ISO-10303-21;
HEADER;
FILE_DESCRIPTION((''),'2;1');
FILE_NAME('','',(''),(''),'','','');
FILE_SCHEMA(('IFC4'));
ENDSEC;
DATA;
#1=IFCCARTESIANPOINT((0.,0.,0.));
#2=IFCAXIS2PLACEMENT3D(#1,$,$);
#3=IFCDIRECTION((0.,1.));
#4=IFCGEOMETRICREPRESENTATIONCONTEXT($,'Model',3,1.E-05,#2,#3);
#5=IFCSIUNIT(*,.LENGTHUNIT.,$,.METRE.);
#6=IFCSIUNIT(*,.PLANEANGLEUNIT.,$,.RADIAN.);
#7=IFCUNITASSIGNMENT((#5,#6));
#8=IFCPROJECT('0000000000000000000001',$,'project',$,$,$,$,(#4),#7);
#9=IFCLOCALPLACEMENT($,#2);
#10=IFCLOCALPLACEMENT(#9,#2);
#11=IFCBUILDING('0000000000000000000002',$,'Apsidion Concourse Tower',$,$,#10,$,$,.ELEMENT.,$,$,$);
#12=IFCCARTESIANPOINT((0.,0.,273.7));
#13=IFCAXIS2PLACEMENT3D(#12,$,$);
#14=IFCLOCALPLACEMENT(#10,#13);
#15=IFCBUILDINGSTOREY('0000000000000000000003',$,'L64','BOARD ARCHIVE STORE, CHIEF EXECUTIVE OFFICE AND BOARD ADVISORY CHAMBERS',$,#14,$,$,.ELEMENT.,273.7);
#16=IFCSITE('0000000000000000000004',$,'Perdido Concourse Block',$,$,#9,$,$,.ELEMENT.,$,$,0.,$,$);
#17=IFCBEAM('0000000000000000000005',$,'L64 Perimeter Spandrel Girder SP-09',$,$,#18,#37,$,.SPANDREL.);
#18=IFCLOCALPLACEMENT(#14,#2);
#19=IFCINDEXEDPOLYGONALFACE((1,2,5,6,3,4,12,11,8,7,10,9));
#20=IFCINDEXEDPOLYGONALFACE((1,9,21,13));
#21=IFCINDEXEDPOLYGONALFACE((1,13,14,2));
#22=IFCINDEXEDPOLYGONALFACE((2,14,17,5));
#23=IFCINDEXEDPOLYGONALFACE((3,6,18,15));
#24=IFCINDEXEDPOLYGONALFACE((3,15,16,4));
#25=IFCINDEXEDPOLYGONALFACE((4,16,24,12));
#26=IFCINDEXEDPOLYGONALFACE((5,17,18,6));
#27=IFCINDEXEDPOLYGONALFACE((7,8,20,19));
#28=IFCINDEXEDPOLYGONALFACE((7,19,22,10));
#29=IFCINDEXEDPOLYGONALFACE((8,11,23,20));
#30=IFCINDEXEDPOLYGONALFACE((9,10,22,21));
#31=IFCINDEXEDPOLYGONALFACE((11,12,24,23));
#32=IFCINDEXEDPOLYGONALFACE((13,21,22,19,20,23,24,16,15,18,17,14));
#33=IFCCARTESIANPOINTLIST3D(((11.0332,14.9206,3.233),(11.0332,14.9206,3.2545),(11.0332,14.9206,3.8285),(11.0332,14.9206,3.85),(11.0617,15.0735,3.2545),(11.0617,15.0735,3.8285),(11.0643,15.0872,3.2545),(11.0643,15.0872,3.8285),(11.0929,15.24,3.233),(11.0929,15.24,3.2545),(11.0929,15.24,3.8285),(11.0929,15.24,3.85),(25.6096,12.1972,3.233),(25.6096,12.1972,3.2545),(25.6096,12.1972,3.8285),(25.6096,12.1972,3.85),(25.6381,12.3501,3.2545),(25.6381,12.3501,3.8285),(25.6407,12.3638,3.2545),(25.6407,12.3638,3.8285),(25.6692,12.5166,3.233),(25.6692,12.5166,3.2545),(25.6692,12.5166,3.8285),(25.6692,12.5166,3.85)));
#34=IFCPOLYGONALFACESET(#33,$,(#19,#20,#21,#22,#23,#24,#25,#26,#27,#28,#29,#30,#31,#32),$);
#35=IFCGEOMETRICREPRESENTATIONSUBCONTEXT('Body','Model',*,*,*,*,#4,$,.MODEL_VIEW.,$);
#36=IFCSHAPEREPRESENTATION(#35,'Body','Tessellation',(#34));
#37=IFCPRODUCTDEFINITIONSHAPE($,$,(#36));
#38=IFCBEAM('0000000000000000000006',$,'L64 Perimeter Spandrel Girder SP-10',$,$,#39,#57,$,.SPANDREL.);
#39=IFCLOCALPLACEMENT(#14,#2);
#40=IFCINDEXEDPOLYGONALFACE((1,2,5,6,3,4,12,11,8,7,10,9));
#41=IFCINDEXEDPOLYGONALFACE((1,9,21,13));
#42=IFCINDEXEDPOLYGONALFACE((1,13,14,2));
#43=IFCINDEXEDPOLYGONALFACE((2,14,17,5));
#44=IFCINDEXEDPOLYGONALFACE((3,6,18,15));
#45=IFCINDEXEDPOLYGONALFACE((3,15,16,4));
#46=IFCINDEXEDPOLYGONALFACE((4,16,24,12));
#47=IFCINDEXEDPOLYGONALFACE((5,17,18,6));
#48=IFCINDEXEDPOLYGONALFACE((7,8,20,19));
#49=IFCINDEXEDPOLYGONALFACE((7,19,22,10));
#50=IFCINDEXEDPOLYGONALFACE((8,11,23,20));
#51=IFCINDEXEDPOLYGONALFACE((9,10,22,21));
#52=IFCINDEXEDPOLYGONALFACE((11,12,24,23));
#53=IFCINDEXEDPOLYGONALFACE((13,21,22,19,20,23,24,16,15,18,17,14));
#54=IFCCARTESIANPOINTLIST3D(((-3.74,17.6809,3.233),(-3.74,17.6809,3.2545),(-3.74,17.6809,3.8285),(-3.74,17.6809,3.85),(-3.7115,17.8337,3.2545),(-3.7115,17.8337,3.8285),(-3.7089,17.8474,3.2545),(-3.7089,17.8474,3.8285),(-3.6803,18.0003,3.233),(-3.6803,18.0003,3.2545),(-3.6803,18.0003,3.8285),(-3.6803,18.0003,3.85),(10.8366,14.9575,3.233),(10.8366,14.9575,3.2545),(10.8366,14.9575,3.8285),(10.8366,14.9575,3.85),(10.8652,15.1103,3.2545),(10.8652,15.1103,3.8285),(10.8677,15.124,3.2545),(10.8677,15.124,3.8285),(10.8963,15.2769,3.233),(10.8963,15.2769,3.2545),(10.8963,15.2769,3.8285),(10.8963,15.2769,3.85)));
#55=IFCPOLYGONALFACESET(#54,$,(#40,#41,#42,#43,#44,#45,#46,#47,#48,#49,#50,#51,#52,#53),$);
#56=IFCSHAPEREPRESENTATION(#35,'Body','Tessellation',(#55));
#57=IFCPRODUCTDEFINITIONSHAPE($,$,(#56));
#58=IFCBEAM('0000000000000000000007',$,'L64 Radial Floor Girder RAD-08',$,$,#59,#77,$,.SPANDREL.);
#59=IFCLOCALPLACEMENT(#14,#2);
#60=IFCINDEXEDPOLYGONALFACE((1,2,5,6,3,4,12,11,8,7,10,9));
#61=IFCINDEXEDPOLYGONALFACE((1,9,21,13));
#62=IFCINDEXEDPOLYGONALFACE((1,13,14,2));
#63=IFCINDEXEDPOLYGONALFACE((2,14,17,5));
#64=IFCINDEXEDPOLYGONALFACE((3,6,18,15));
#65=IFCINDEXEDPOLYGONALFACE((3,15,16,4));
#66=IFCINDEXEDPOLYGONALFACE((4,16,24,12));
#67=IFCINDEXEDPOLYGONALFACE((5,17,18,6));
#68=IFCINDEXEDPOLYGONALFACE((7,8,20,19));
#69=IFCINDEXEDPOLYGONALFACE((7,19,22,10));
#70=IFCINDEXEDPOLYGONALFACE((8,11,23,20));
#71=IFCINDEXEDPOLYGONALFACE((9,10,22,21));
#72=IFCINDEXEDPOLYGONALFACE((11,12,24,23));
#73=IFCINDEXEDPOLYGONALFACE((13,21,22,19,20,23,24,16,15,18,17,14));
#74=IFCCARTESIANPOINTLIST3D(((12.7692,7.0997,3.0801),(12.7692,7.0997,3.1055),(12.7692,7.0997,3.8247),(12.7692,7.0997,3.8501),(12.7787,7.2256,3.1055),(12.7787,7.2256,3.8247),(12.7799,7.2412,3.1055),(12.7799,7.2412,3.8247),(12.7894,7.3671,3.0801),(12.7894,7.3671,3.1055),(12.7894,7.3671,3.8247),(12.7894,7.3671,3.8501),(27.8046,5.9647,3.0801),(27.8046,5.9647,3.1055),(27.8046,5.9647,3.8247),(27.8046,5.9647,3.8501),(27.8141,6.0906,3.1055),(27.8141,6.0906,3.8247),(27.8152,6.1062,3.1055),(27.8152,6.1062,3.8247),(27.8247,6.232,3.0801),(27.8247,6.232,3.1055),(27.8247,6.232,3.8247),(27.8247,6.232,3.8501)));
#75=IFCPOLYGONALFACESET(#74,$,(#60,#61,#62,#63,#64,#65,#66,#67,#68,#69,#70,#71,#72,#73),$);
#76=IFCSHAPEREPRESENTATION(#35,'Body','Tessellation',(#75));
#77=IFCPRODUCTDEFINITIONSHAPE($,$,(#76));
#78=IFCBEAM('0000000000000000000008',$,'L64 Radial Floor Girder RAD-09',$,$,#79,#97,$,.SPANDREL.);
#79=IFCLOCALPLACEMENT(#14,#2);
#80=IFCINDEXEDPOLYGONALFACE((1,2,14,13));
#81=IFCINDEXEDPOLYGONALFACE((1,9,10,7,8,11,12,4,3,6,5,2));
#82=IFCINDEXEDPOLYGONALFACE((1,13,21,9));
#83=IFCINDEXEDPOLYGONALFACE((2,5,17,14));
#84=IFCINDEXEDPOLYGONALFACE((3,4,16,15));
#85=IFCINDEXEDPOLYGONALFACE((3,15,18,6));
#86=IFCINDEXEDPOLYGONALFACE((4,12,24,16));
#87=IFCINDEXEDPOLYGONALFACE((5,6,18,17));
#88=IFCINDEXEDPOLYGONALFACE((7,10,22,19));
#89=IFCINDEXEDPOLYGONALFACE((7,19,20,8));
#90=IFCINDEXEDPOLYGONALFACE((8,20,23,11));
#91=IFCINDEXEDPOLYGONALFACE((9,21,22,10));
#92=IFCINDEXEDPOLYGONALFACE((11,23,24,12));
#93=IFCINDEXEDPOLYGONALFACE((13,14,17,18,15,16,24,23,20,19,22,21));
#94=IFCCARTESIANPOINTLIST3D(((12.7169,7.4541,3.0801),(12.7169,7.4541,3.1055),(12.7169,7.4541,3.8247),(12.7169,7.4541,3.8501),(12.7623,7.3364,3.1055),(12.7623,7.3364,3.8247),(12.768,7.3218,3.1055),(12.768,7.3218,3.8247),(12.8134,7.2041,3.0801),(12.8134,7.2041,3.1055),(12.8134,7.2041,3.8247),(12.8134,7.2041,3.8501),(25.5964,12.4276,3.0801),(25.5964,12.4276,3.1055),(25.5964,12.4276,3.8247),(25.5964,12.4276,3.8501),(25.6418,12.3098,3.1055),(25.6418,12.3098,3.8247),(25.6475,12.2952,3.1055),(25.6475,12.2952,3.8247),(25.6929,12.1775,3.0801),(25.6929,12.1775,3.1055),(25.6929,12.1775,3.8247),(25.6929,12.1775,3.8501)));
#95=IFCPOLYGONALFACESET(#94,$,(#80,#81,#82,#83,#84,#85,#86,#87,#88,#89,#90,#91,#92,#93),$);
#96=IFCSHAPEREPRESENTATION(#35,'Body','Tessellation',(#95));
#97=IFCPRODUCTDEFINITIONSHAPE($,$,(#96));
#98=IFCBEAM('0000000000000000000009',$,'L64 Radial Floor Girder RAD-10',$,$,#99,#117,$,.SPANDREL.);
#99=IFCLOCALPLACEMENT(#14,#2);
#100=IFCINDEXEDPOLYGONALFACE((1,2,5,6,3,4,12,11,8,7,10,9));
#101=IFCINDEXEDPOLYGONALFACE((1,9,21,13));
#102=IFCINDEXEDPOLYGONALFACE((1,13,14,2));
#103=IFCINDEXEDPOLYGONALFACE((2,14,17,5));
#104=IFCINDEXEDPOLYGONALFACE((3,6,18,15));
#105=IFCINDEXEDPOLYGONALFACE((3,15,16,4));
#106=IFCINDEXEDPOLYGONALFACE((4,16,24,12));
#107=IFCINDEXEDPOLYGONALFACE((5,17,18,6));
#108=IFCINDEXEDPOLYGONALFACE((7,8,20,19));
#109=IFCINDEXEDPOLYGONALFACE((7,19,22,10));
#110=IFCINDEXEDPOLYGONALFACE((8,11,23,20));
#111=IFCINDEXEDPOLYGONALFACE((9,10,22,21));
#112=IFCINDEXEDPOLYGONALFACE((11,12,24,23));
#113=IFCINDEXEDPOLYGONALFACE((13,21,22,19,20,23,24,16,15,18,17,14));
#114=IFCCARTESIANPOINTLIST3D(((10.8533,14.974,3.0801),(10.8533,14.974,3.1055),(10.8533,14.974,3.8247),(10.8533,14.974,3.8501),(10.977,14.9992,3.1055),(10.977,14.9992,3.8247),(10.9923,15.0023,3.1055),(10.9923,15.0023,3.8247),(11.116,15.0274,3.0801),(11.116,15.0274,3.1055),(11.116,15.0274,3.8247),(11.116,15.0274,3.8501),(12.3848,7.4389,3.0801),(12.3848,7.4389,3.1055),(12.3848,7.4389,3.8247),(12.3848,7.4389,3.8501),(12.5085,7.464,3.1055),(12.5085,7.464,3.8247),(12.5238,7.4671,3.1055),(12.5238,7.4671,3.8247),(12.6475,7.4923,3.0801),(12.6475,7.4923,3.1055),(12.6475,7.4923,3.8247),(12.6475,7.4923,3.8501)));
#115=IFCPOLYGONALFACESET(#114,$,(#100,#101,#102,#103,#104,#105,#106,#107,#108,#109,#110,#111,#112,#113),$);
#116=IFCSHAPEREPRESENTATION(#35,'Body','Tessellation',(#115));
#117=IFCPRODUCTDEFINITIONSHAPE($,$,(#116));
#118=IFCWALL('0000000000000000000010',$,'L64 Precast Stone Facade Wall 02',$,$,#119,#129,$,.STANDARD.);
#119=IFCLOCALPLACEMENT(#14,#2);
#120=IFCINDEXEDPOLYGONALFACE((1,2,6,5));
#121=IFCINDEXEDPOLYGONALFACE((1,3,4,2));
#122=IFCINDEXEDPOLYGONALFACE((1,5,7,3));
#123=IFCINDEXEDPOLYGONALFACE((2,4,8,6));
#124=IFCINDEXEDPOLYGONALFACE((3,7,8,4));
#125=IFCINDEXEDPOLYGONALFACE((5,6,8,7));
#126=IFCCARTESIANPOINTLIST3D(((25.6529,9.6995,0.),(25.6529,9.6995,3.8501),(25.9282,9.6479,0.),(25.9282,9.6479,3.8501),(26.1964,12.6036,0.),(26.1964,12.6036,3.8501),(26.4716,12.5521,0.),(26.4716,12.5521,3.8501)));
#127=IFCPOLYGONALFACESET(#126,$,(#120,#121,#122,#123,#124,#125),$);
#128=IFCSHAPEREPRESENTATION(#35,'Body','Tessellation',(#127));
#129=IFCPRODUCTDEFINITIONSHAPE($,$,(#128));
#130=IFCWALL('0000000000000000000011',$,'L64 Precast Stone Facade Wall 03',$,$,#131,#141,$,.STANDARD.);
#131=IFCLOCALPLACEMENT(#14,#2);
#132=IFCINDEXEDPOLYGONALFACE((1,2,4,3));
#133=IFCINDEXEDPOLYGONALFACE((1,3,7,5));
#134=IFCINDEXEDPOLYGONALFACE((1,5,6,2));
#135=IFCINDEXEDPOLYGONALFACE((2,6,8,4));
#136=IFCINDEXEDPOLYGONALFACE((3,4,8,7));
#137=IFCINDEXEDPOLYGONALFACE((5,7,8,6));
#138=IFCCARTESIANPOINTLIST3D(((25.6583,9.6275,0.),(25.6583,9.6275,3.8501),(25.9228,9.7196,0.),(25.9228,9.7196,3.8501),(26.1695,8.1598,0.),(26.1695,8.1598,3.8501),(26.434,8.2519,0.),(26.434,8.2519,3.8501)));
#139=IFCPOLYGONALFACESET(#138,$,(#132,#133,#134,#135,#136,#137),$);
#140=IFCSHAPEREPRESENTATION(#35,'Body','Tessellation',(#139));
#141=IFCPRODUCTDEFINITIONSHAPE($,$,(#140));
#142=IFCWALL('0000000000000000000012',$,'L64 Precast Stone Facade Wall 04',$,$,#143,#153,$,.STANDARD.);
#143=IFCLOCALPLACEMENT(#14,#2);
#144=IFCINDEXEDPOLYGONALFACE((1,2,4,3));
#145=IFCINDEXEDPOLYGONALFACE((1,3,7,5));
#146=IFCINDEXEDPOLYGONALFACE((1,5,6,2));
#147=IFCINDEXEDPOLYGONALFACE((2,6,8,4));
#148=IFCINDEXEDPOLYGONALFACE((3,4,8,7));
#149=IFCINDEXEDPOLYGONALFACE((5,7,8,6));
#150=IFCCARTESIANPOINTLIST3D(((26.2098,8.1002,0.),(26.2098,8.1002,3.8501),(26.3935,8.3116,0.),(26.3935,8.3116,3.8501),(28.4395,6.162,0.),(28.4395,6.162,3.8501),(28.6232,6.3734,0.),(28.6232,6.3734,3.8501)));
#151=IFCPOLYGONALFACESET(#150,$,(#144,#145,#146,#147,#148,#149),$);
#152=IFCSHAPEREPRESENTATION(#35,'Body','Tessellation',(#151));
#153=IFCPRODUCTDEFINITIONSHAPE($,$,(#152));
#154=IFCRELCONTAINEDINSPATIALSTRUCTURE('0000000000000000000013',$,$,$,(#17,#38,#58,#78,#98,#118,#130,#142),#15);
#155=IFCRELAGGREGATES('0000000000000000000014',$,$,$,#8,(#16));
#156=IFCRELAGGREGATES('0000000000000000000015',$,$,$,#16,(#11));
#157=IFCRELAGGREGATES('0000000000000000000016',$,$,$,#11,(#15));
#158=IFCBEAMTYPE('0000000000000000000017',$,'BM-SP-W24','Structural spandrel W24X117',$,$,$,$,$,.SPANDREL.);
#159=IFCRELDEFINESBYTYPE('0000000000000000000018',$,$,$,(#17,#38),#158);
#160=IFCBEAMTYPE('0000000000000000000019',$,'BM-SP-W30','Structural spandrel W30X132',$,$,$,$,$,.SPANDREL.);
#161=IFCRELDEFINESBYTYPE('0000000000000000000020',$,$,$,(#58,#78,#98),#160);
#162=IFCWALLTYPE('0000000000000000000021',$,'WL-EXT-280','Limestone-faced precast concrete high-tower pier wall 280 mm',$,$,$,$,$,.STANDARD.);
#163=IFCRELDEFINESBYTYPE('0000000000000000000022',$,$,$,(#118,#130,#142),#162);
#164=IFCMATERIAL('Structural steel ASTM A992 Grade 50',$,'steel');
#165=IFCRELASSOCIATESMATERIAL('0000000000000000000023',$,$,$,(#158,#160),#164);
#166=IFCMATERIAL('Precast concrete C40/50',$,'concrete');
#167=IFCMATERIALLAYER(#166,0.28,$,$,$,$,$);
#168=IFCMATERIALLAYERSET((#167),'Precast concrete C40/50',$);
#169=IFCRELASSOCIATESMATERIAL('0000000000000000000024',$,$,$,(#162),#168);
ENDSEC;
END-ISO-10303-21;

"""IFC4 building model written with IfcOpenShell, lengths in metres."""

from ifc_helpers import new_model, si_unit, direction, frame, frame_2d, origin, origin_2d, place, context, subcontext, project, spatial, rectangle, i_section, extrude, material, layer, layer_set, material_profile, profile_set, type_object, element, save


model = new_model("IFC4")

# Units and contexts
model_context = context("Model", 3, precision=1e-05, world=origin(), true_north=direction((0.0, 1.0)))
body_context = subcontext(model_context, "Body", "Model", "MODEL_VIEW")
ifc_project = project(units=[si_unit("LENGTHUNIT", "METRE"), si_unit("PLANEANGLEUNIT", "RADIAN")], contexts=[model_context])

# Site, building, storey
site_placement = place(None, origin())
site = spatial("IfcSite", under=ifc_project, at=site_placement, Name="Perdido Concourse Block", CompositionType="ELEMENT", RefElevation=0.0)
building_placement = place(site_placement, origin())
building = spatial("IfcBuilding", under=site, at=building_placement, Name="Apsidion Concourse Tower", CompositionType="ELEMENT")
storey_placement = place(building_placement, frame((0.0, 0.0, 273.7)))
storey = spatial("IfcBuildingStorey", under=building, at=storey_placement, Name="L64", Description="BOARD ARCHIVE STORE, CHIEF EXECUTIVE OFFICE AND BOARD ADVISORY CHAMBERS", CompositionType="ELEMENT", Elevation=273.7)

# Shared definitions
ifc_material_1 = material(Name="Structural steel ASTM A992 Grade 50", Category="steel")

# Beams
ifc_material_profile_1 = material_profile(ifc_material_1, i_section(OverallWidth=0.325, OverallDepth=0.6169, WebThickness=0.0139, FlangeThickness=0.0215, at=origin_2d()), Name="W24X117")
ifc_profile_set_1 = profile_set([ifc_material_profile_1], Name="Structural steel ASTM A992 Grade 50")
beam_type_1 = type_object("IfcBeamType", Name="BM-SP-W24", Description="Structural spandrel W24X117", PredefinedType="SPANDREL", material=ifc_profile_set_1)
beam_1_placement = place(storey_placement, frame((25.6394, 12.3569, 3.5415), z_axis=(-0.98299, 0.183657, 0.0), x_axis=(-0.183657, -0.98299, 0.0)))
element("IfcBeam", 1, at=beam_1_placement, inside=storey, type_object=beam_type_1, Name="L64 Perimeter Spandrel Girder SP-09", PredefinedType="SPANDREL", context=body_context, shape_type="SweptSolid", body=[
    extrude(i_section(OverallWidth=0.325, OverallDepth=0.6169, WebThickness=0.0139, FlangeThickness=0.0215, at=origin_2d()), origin(), (0.0, 0.0, 1.0), 14.8286),
])
beam_2_placement = place(storey_placement, frame((10.8665, 15.1172, 3.5415), z_axis=(-0.982991, 0.183654, 0.0), x_axis=(-0.183654, -0.982991, 0.0)))
element("IfcBeam", 2, at=beam_2_placement, inside=storey, type_object=beam_type_1, Name="L64 Perimeter Spandrel Girder SP-10", PredefinedType="SPANDREL", context=body_context, shape_type="SweptSolid", body=[
    extrude(i_section(OverallWidth=0.325, OverallDepth=0.6169, WebThickness=0.0139, FlangeThickness=0.0215, at=origin_2d()), origin(), (0.0, 0.0, 1.0), 14.8289),
])
ifc_material_profile_2 = material_profile(ifc_material_1, i_section(OverallWidth=0.2681, OverallDepth=0.77, WebThickness=0.0156, FlangeThickness=0.0254, at=origin_2d()), Name="W30X132")
ifc_profile_set_2 = profile_set([ifc_material_profile_2], Name="Structural steel ASTM A992 Grade 50")
beam_type_2 = type_object("IfcBeamType", Name="BM-SP-W30", Description="Structural spandrel W30X132", PredefinedType="SPANDREL", material=ifc_profile_set_2)
beam_3_placement = place(storey_placement, frame((12.7793, 7.2334, 3.4651), z_axis=(0.997163, -0.075275, 0.0), x_axis=(0.075275, 0.997163, 0.0)))
element("IfcBeam", 3, at=beam_3_placement, inside=storey, type_object=beam_type_2, Name="L64 Radial Floor Girder RAD-08", PredefinedType="SPANDREL", context=body_context, shape_type="SweptSolid", body=[
    extrude(i_section(OverallWidth=0.2681, OverallDepth=0.77, WebThickness=0.0156, FlangeThickness=0.0254, at=origin_2d()), origin(), (0.0, 0.0, 1.0), 15.0781),
])
beam_4_placement = place(storey_placement, frame((12.7651, 7.3291, 3.4651), z_axis=(0.932865, 0.360227, 0.0), x_axis=(-0.360227, 0.932865, 0.0)))
element("IfcBeam", 4, at=beam_4_placement, inside=storey, type_object=beam_type_2, Name="L64 Radial Floor Girder RAD-09", PredefinedType="SPANDREL", context=body_context, shape_type="SweptSolid", body=[
    extrude(i_section(OverallWidth=0.2681, OverallDepth=0.77, WebThickness=0.0156, FlangeThickness=0.0254, at=origin_2d()), origin(), (0.0, 0.0, 1.0), 13.8064),
])
beam_5_placement = place(storey_placement, frame((12.5161, 7.4656, 3.4651), z_axis=(-0.199174, 0.979964, 0.0), x_axis=(-0.979964, -0.199174, 0.0)))
element("IfcBeam", 5, at=beam_5_placement, inside=storey, type_object=beam_type_2, Name="L64 Radial Floor Girder RAD-10", PredefinedType="SPANDREL", context=body_context, shape_type="SweptSolid", body=[
    extrude(i_section(OverallWidth=0.2681, OverallDepth=0.77, WebThickness=0.0156, FlangeThickness=0.0254, at=origin_2d()), origin(), (0.0, 0.0, 1.0), 7.6892),
])

# Walls
ifc_material_2 = material(Name="Precast concrete C40/50", Category="concrete")
ifc_layer_1 = layer(ifc_material_2, 0.28)
ifc_layer_set_1 = layer_set([ifc_layer_1], Name="Precast concrete C40/50")
wall_type_1 = type_object("IfcWallType", Name="WL-EXT-280", Description="Limestone-faced precast concrete high-tower pier wall 280 mm", PredefinedType="STANDARD", material=ifc_layer_set_1)
wall_1_placement = place(storey_placement, frame((26.334, 12.5779, 0.0), z_axis=(0.0, 0.0, 1.0), x_axis=(-0.183929, -0.982939, 0.0)))
element("IfcWall", 6, at=wall_1_placement, inside=storey, type_object=wall_type_1, Name="L64 Precast Stone Facade Wall 02", PredefinedType="STANDARD", context=body_context, shape_type="SweptSolid", body=[
    extrude(rectangle(XDim=2.9546, YDim=0.28, at=frame_2d((1.4773, 0.0))), origin(), (0.0, 0.0, 1.0), 3.8501),
])
wall_2_placement = place(storey_placement, frame((25.7905, 9.6736, 0.0), z_axis=(0.0, 0.0, 1.0), x_axis=(0.328923, -0.944357, 0.0)))
element("IfcWall", 7, at=wall_2_placement, inside=storey, type_object=wall_type_1, Name="L64 Precast Stone Facade Wall 03", PredefinedType="STANDARD", context=body_context, shape_type="SweptSolid", body=[
    extrude(rectangle(XDim=1.5542, YDim=0.28, at=frame_2d((0.7771, 0.0))), origin(), (0.0, 0.0, 1.0), 3.8501),
])
wall_3_placement = place(storey_placement, frame((26.3018, 8.2058, 0.0), z_axis=(0.0, 0.0, 1.0), x_axis=(0.754718, -0.65605, 0.0)))
element("IfcWall", 8, at=wall_3_placement, inside=storey, type_object=wall_type_1, Name="L64 Precast Stone Facade Wall 04", PredefinedType="STANDARD", context=body_context, shape_type="SweptSolid", body=[
    extrude(rectangle(XDim=2.9543, YDim=0.28, at=frame_2d((1.4771, 0.0))), origin(), (0.0, 0.0, 1.0), 3.8501),
])

save(model, "model.ifc")
